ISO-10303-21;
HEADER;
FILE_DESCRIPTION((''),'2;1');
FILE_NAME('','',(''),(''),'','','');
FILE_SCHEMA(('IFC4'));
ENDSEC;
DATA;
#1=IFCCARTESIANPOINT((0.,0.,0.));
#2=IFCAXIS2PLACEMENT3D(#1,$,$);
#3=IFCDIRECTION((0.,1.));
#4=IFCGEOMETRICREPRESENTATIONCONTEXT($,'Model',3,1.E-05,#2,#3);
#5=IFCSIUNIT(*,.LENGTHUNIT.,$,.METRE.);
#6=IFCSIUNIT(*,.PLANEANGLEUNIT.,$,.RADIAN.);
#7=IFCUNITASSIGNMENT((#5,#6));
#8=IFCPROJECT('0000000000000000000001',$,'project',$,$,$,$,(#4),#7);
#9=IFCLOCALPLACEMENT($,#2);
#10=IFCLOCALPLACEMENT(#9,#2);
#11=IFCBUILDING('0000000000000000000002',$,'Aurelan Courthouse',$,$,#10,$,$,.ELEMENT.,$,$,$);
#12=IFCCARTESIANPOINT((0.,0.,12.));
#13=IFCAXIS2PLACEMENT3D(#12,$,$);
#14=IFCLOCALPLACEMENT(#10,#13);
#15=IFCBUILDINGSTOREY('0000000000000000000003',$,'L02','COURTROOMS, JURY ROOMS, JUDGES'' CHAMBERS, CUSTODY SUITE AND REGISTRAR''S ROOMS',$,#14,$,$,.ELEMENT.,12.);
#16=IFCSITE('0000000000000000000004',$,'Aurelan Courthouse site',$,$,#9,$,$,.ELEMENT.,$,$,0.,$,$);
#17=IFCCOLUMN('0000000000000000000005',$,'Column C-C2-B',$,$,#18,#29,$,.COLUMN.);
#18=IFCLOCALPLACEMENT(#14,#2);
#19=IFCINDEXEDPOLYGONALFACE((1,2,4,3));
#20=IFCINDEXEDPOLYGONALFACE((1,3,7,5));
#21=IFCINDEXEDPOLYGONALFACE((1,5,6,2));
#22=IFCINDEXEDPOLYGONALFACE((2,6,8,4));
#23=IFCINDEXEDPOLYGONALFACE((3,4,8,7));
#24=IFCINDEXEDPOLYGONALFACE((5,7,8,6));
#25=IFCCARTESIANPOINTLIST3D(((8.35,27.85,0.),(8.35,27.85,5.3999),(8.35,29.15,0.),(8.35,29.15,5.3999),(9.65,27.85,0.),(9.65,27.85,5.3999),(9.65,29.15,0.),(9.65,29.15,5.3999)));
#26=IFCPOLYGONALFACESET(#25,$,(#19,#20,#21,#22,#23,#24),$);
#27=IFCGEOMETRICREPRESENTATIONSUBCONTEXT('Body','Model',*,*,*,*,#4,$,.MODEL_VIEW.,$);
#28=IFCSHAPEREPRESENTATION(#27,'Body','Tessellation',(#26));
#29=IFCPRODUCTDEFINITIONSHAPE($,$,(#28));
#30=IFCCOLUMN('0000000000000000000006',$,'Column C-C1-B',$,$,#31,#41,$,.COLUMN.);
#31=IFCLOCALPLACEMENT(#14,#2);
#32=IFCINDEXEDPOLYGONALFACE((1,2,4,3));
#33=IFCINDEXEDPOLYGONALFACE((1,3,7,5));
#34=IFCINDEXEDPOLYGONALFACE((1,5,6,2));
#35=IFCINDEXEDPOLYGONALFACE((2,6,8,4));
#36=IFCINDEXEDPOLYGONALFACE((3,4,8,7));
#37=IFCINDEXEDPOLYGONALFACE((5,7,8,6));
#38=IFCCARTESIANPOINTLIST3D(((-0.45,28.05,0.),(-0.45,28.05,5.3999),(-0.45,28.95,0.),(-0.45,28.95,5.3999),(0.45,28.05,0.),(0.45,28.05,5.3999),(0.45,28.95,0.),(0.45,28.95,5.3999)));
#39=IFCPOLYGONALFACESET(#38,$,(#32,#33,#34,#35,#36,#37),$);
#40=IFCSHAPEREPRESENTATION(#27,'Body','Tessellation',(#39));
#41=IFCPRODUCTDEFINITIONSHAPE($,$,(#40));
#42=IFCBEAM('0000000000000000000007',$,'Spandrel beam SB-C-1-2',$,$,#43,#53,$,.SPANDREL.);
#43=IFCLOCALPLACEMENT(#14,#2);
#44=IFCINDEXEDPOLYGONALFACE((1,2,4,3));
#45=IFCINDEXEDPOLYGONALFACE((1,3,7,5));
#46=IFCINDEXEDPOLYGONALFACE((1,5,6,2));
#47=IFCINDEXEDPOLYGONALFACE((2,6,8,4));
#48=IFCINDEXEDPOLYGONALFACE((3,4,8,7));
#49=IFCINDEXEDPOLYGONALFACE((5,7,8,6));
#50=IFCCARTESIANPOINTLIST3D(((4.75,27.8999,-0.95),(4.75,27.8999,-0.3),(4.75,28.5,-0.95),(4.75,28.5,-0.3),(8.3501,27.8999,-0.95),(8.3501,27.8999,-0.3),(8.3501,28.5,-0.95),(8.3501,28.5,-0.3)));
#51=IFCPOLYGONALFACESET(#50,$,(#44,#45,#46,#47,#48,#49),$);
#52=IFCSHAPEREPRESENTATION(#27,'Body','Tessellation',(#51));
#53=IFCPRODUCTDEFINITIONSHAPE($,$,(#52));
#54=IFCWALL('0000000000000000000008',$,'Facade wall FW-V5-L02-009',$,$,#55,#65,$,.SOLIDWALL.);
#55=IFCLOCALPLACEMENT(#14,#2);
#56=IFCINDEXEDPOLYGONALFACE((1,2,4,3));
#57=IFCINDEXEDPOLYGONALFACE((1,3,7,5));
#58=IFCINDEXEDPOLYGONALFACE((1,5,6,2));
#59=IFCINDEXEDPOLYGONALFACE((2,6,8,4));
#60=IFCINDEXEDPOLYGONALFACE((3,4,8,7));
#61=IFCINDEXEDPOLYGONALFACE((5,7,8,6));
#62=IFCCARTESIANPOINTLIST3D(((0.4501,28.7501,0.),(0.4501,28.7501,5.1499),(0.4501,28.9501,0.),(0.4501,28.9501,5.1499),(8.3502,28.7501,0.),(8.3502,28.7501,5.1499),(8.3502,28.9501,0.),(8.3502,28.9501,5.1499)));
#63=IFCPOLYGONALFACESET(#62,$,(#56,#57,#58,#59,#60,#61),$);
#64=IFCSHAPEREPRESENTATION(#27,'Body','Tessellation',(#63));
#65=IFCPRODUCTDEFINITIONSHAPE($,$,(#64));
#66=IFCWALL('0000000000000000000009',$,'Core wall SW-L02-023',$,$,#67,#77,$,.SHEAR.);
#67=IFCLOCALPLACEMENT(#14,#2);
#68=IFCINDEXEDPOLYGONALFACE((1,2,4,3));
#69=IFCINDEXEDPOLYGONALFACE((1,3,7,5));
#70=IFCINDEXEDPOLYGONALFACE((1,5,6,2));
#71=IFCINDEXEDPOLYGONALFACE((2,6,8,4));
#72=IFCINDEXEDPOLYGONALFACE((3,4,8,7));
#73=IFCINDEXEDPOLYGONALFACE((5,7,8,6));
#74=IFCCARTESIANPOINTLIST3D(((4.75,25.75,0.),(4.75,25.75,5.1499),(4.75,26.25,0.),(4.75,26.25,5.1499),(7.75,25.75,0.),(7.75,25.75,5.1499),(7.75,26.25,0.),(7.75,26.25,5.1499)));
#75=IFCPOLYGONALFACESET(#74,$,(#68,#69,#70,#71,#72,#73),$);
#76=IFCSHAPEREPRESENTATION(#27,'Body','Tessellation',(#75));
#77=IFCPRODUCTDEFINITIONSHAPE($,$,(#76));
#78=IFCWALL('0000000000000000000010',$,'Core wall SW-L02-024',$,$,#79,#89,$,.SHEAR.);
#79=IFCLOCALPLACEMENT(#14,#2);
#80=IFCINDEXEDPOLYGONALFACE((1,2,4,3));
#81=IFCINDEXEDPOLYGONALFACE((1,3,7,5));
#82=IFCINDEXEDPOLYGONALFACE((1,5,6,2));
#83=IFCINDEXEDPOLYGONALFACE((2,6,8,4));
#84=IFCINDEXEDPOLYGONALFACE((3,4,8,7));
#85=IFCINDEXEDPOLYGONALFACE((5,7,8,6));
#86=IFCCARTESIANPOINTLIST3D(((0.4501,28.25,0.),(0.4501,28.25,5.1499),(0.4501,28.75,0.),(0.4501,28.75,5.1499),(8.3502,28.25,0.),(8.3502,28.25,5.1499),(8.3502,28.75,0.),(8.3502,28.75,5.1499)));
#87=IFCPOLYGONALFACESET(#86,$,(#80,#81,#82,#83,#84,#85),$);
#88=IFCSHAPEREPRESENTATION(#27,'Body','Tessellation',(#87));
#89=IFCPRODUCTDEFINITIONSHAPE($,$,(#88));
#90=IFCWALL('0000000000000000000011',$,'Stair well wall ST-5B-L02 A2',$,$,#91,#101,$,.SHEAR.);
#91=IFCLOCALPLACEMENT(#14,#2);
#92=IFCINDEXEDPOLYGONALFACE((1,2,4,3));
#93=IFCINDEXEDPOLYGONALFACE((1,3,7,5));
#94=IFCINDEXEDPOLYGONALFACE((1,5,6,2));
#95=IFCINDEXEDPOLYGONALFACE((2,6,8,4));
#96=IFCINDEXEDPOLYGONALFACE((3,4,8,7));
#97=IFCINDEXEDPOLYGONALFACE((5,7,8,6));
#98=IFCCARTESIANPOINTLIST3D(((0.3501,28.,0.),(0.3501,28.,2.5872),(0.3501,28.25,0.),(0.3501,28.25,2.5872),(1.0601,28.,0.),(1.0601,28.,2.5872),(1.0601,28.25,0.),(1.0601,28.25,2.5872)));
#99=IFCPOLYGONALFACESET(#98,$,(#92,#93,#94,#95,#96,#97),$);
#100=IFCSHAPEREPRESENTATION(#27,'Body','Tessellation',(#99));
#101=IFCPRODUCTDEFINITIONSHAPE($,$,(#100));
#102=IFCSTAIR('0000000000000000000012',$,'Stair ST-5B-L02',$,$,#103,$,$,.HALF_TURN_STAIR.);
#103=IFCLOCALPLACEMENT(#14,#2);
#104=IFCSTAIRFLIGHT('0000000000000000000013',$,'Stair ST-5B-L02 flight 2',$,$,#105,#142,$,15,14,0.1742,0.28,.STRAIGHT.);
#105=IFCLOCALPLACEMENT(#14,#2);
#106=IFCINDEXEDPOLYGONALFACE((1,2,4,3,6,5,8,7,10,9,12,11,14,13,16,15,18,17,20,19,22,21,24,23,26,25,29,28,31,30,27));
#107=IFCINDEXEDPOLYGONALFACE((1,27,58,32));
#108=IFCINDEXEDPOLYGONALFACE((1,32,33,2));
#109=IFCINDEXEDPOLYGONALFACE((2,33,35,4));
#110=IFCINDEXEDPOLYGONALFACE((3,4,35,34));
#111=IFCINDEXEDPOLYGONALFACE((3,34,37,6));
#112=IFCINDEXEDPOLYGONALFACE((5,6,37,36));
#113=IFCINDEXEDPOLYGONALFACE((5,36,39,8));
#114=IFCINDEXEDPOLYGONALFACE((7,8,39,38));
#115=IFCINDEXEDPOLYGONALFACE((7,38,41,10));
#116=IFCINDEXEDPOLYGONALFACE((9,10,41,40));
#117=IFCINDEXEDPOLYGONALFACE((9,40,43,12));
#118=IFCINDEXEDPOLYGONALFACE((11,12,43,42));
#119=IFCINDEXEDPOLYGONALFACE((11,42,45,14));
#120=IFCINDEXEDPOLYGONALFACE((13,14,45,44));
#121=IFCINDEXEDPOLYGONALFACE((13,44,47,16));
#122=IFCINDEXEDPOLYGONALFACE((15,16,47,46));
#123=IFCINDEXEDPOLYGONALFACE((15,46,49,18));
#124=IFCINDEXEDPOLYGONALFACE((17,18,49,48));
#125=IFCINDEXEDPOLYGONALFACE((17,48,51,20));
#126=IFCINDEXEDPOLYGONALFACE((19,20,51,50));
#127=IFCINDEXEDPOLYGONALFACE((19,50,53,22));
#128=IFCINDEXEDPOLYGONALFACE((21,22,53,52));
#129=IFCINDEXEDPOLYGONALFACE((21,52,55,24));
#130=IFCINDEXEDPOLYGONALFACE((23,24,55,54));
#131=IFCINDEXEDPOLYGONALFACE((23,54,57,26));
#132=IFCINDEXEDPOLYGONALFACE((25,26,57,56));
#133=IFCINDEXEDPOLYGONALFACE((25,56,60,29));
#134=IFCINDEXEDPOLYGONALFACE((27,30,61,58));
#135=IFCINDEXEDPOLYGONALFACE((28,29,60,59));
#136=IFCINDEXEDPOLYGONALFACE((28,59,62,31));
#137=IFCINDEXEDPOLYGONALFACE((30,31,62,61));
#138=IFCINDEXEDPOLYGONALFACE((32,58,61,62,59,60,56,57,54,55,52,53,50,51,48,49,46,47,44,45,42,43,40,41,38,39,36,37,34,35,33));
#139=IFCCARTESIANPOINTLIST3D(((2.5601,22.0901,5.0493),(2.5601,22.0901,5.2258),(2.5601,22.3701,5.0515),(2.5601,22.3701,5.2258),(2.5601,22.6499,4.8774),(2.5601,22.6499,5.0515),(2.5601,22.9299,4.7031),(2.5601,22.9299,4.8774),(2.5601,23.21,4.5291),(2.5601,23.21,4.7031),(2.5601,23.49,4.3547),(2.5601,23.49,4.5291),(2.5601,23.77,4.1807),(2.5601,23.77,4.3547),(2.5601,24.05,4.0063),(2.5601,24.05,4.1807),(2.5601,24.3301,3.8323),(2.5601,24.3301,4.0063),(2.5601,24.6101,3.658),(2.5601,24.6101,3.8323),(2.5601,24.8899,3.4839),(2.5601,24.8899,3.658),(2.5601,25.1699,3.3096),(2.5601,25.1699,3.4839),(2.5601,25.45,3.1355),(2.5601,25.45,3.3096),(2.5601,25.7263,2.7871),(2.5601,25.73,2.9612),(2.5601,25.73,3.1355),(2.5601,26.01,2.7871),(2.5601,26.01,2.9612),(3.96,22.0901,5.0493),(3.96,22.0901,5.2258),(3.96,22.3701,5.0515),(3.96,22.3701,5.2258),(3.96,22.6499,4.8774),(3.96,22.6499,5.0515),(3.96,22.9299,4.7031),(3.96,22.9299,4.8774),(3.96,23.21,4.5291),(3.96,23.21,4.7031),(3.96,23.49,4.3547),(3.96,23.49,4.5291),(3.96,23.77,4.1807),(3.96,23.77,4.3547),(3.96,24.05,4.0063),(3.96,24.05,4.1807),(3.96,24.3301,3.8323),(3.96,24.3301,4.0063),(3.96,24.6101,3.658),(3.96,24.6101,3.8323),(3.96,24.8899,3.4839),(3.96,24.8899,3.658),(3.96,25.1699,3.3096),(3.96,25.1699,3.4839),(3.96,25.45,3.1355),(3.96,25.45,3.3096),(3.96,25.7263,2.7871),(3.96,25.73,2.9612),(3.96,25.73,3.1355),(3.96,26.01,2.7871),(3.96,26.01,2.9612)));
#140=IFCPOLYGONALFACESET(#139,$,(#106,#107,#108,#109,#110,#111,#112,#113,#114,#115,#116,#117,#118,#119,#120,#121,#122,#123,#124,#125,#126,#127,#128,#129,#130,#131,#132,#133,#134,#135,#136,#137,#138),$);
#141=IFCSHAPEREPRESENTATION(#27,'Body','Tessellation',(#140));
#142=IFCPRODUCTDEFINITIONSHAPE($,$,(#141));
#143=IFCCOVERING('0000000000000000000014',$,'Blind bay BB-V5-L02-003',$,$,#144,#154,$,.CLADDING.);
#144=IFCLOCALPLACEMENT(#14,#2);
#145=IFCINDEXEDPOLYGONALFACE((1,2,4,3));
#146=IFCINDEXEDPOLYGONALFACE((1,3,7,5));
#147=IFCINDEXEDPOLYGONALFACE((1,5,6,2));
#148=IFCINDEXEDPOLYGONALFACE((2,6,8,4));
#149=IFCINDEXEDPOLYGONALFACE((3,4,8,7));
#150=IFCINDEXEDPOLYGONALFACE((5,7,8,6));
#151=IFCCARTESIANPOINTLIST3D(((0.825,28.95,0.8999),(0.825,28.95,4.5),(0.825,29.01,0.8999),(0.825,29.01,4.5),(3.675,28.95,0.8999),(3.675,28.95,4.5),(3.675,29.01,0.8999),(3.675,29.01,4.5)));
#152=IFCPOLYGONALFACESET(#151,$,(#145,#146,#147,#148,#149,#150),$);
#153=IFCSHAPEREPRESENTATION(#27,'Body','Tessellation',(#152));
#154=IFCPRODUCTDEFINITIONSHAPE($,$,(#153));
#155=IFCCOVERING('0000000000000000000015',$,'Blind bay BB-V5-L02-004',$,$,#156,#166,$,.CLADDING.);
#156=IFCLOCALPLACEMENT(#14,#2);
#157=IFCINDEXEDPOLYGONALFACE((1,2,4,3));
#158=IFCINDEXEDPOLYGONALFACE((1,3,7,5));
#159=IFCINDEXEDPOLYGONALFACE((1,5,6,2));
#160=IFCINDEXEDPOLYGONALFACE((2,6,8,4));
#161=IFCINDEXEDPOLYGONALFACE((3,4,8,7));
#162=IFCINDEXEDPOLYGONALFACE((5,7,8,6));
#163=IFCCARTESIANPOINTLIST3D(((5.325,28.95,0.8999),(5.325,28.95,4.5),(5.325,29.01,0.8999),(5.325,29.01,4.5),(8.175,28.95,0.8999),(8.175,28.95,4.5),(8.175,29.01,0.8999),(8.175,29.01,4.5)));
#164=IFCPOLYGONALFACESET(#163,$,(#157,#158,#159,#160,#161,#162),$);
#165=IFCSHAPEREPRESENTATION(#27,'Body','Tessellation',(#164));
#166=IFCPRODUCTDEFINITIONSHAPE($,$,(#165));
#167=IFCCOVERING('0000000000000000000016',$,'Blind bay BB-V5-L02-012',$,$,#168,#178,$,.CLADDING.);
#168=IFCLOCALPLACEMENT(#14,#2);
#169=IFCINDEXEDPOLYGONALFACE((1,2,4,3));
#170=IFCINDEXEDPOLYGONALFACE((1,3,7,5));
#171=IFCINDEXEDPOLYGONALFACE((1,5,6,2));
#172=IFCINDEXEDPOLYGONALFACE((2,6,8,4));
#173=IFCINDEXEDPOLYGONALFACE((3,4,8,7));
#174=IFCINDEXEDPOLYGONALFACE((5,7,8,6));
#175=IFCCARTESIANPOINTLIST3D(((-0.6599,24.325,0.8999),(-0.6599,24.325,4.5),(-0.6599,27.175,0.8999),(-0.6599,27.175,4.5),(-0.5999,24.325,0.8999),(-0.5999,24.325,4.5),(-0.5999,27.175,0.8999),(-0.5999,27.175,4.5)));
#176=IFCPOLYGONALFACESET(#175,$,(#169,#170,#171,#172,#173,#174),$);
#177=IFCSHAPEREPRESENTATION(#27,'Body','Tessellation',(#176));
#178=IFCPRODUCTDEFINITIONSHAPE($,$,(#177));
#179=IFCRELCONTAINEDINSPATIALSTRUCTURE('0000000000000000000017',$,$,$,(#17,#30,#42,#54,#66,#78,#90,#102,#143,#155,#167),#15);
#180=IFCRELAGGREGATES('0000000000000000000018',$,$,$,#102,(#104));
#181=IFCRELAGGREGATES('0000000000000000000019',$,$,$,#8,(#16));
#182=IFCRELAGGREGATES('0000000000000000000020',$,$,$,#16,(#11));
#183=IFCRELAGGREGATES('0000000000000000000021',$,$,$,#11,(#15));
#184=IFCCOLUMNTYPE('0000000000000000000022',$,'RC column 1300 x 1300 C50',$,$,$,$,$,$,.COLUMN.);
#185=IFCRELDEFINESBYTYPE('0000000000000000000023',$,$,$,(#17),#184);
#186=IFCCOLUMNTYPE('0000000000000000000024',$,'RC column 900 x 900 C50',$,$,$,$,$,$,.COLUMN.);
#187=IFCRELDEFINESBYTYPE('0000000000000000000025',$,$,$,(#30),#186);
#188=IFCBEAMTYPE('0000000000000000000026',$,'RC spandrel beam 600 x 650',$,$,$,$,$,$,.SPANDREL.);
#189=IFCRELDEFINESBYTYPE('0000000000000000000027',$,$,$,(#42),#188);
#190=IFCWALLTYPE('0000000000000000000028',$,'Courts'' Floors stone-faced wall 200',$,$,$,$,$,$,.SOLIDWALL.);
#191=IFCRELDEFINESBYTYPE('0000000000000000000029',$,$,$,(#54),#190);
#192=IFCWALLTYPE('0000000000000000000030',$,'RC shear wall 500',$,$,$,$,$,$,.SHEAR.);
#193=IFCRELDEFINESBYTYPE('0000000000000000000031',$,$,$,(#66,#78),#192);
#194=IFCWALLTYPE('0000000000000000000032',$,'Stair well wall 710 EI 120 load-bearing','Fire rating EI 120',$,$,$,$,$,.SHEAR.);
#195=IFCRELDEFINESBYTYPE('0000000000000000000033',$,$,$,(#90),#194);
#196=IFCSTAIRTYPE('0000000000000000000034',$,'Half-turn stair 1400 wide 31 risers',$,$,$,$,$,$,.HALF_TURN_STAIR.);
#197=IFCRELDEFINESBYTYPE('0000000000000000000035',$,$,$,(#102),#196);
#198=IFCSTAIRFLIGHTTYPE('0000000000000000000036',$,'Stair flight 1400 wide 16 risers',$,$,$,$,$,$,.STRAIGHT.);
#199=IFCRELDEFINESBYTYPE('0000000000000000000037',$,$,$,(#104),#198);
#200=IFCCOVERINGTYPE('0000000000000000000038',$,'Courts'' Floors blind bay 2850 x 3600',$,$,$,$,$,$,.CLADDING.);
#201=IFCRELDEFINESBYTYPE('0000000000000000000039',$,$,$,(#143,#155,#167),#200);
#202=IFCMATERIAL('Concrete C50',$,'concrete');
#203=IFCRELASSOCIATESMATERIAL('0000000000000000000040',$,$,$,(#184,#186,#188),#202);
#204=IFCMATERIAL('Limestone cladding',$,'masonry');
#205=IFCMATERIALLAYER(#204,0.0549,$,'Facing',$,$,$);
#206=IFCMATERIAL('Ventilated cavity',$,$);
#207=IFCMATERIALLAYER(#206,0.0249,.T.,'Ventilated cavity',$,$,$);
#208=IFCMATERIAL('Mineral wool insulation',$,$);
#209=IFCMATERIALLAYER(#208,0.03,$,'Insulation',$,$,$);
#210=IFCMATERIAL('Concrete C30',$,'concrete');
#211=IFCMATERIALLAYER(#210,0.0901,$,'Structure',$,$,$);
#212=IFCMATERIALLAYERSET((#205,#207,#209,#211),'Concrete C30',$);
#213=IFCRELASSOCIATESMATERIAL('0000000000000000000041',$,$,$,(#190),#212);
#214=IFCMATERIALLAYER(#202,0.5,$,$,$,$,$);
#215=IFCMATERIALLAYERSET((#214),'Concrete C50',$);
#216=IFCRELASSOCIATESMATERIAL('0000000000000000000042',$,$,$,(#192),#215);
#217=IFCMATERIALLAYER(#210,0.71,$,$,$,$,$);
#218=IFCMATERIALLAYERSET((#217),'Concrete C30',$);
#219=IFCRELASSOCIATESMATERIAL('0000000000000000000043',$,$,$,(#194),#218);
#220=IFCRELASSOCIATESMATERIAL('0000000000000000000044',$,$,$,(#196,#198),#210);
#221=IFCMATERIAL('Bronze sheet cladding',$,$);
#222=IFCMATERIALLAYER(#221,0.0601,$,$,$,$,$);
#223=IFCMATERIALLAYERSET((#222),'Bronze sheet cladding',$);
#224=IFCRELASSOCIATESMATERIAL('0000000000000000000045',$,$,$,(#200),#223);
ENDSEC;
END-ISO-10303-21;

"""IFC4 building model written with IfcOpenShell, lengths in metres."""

from ifc_helpers import new_model, si_unit, direction, frame, frame_2d, origin, origin_2d, place, context, subcontext, project, spatial, polyline, rectangle, outline, extrude, material, layer, layer_set, material_profile, profile_set, type_object, element, aggregate, save


model = new_model("IFC4")

# Units and contexts
model_context = context("Model", 3, precision=1e-05, world=origin(), true_north=direction((0.0, 1.0)))
body_context = subcontext(model_context, "Body", "Model", "MODEL_VIEW")
ifc_project = project(units=[si_unit("LENGTHUNIT", "METRE"), si_unit("PLANEANGLEUNIT", "RADIAN")], contexts=[model_context])

# Site, building, storey
site_placement = place(None, origin())
site = spatial("IfcSite", under=ifc_project, at=site_placement, Name="Aurelan Courthouse site", CompositionType="ELEMENT", RefElevation=0.0)
building_placement = place(site_placement, origin())
building = spatial("IfcBuilding", under=site, at=building_placement, Name="Aurelan Courthouse", CompositionType="ELEMENT")
storey_placement = place(building_placement, frame((0.0, 0.0, 12.0)))
storey = spatial("IfcBuildingStorey", under=building, at=storey_placement, Name="L02", Description="COURTROOMS, JURY ROOMS, JUDGES' CHAMBERS, CUSTODY SUITE AND REGISTRAR'S ROOMS", CompositionType="ELEMENT", Elevation=12.0)

# Columns
ifc_material_1 = material(Name="Concrete C50", Category="concrete")
ifc_material_profile_1 = material_profile(ifc_material_1, rectangle(XDim=1.3, YDim=1.3, at=origin_2d()), Name="RC 1300 x 1300")
ifc_profile_set_1 = profile_set([ifc_material_profile_1], Name="Concrete C50")
column_type_1 = type_object("IfcColumnType", Name="RC column 1300 x 1300 C50", PredefinedType="COLUMN", material=ifc_profile_set_1)
column_1_placement = place(storey_placement, frame((9.0, 28.5, 0.0), z_axis=(0.0, 0.0, 1.0), x_axis=(1.0, 0.0, 0.0)))
element("IfcColumn", 1, at=column_1_placement, inside=storey, type_object=column_type_1, Name="Column C-C2-B", PredefinedType="COLUMN", context=body_context, shape_type="SweptSolid", body=[
    extrude(rectangle(XDim=1.3, YDim=1.3, at=origin_2d()), origin(), (0.0, 0.0, 1.0), 5.3999),
])
ifc_material_profile_2 = material_profile(ifc_material_1, rectangle(XDim=0.8999, YDim=0.8999, at=origin_2d()), Name="RC 900 x 900")
ifc_profile_set_2 = profile_set([ifc_material_profile_2], Name="Concrete C50")
column_type_2 = type_object("IfcColumnType", Name="RC column 900 x 900 C50", PredefinedType="COLUMN", material=ifc_profile_set_2)
column_2_placement = place(storey_placement, frame((0.0, 28.5, 0.0), z_axis=(0.0, 0.0, 1.0), x_axis=(1.0, 0.0, 0.0)))
element("IfcColumn", 2, at=column_2_placement, inside=storey, type_object=column_type_2, Name="Column C-C1-B", PredefinedType="COLUMN", context=body_context, shape_type="SweptSolid", body=[
    extrude(rectangle(XDim=0.8999, YDim=0.8999, at=origin_2d()), origin(), (0.0, 0.0, 1.0), 5.3999),
])

# Beam
ifc_material_profile_3 = material_profile(ifc_material_1, rectangle(XDim=0.6001, YDim=0.6499, at=origin_2d()), Name="RC 600 x 650")
ifc_profile_set_3 = profile_set([ifc_material_profile_3], Name="Concrete C50")
beam_type = type_object("IfcBeamType", Name="RC spandrel beam 600 x 650", PredefinedType="SPANDREL", material=ifc_profile_set_3)
beam_placement = place(storey_placement, frame((4.75, 28.2, -0.625), z_axis=(1.0, 0.0, 0.0), x_axis=(0.0, 1.0, 0.0)))
element("IfcBeam", 3, at=beam_placement, inside=storey, type_object=beam_type, Name="Spandrel beam SB-C-1-2", PredefinedType="SPANDREL", context=body_context, shape_type="SweptSolid", body=[
    extrude(rectangle(XDim=0.6001, YDim=0.6499, at=origin_2d()), origin(), (0.0, 0.0, 1.0), 3.6001),
])

# Walls
ifc_material_2 = material(Name="Limestone cladding", Category="masonry")
ifc_layer_1 = layer(ifc_material_2, 0.0549, Name="Facing")
ifc_material_3 = material(Name="Ventilated cavity")
ifc_layer_2 = layer(ifc_material_3, 0.0249, ventilated=True, Name="Ventilated cavity")
ifc_material_4 = material(Name="Mineral wool insulation")
ifc_layer_3 = layer(ifc_material_4, 0.03, Name="Insulation")
ifc_material_5 = material(Name="Concrete C30", Category="concrete")
ifc_layer_4 = layer(ifc_material_5, 0.0901, Name="Structure")
ifc_layer_set_1 = layer_set([ifc_layer_1, ifc_layer_2, ifc_layer_3, ifc_layer_4], Name="Concrete C30")
wall_type_1 = type_object("IfcWallType", Name="Courts' Floors stone-faced wall 200", PredefinedType="SOLIDWALL", material=ifc_layer_set_1)
wall_1_placement = place(storey_placement, frame((0.45, 28.8501, 0.0), z_axis=(0.0, 0.0, 1.0), x_axis=(1.0, 0.0, 0.0)))
element("IfcWall", 4, at=wall_1_placement, inside=storey, type_object=wall_type_1, Name="Facade wall FW-V5-L02-009", PredefinedType="SOLIDWALL", context=body_context, shape_type="SweptSolid", body=[
    extrude(rectangle(XDim=7.9001, YDim=0.2, at=frame_2d((3.9502, 0.0))), origin(), (0.0, 0.0, 1.0), 5.1499),
])
ifc_layer_5 = layer(ifc_material_1, 0.5)
ifc_layer_set_2 = layer_set([ifc_layer_5], Name="Concrete C50")
wall_type_2 = type_object("IfcWallType", Name="RC shear wall 500", PredefinedType="SHEAR", material=ifc_layer_set_2)
wall_2_placement = place(storey_placement, frame((4.75, 26.0, 0.0), z_axis=(0.0, 0.0, 1.0), x_axis=(1.0, 0.0, 0.0)))
element("IfcWall", 5, at=wall_2_placement, inside=storey, type_object=wall_type_2, Name="Core wall SW-L02-023", PredefinedType="SHEAR", context=body_context, shape_type="SweptSolid", body=[
    extrude(rectangle(XDim=3.0, YDim=0.5, at=frame_2d((1.5, 0.0))), origin(), (0.0, 0.0, 1.0), 5.1499),
])
wall_3_placement = place(storey_placement, frame((0.45, 28.5, 0.0), z_axis=(0.0, 0.0, 1.0), x_axis=(1.0, 0.0, 0.0)))
element("IfcWall", 6, at=wall_3_placement, inside=storey, type_object=wall_type_2, Name="Core wall SW-L02-024", PredefinedType="SHEAR", context=body_context, shape_type="SweptSolid", body=[
    extrude(rectangle(XDim=7.9001, YDim=0.5, at=frame_2d((3.9502, 0.0))), origin(), (0.0, 0.0, 1.0), 5.1499),
])
ifc_layer_6 = layer(ifc_material_5, 0.71)
ifc_layer_set_3 = layer_set([ifc_layer_6], Name="Concrete C30")
wall_type_3 = type_object("IfcWallType", Name="Stair well wall 710 EI 120 load-bearing", Description="Fire rating EI 120", PredefinedType="SHEAR", material=ifc_layer_set_3)
wall_4_placement = place(storey_placement, frame((0.7051, 28.0, 0.0), z_axis=(0.0, 0.0, 1.0), x_axis=(0.0, 1.0, 0.0)))
element("IfcWall", 7, at=wall_4_placement, inside=storey, type_object=wall_type_3, Name="Stair well wall ST-5B-L02 A2", PredefinedType="SHEAR", context=body_context, shape_type="SweptSolid", body=[
    extrude(rectangle(XDim=0.25, YDim=0.71, at=frame_2d((0.125, 0.0))), origin(), (0.0, 0.0, 1.0), 2.5872),
])

# Stair, stair flight
stair_type = type_object("IfcStairType", Name="Half-turn stair 1400 wide 31 risers", PredefinedType="HALF_TURN_STAIR", material=ifc_material_5)
stair_placement = place(storey_placement, origin())
stair = element("IfcStair", 8, at=stair_placement, inside=storey, type_object=stair_type, Name="Stair ST-5B-L02", PredefinedType="HALF_TURN_STAIR")
stair_flight_type = type_object("IfcStairFlightType", Name="Stair flight 1400 wide 16 risers", PredefinedType="STRAIGHT", material=ifc_material_5)
stair_flight_placement = place(storey_placement, frame((3.26, 26.01, 2.7871), z_axis=(0.0, 0.0, 1.0), x_axis=(0.0, -1.0, 0.0)))
stair_flight = element("IfcStairFlight", 9, at=stair_flight_placement, type_object=stair_flight_type, Name="Stair ST-5B-L02 flight 2", NumberOfRisers=15, NumberOfTreads=14, PredefinedType="STRAIGHT", RiserHeight=0.1742, TreadLength=0.28, context=body_context, shape_type="SweptSolid", body=[
    extrude(outline(polyline([(0.0, 0.0), (0.0, 0.1741), (0.28, 0.1741), (0.28, 0.3484), (0.5601, 0.3484), (0.5601, 0.5225), (0.8401, 0.5225), (0.8401, 0.6968), (1.1201, 0.6968), (1.1201, 0.8708), (1.3999, 0.8708), (1.3999, 1.0452), (1.6799, 1.0452), (1.6799, 1.2192), (1.96, 1.2192), (1.96, 1.3936), (2.24, 1.3936), (2.24, 1.5676), (2.52, 1.5676), (2.52, 1.7419), (2.8, 1.7419), (2.8, 1.916), (3.0801, 1.916), (3.0801, 2.0903), (3.3601, 2.0903), (3.3601, 2.2644), (3.6399, 2.2644), (3.6399, 2.4387), (3.9199, 2.4387), (3.9199, 2.6128), (3.9199, 2.2622), (0.2837, 0.0), (0.0, 0.0)])), frame((0.0, 0.7, 0.0), z_axis=(0.0, -1.0, 0.0), x_axis=(1.0, 0.0, 0.0)), (0.0, 0.0, 1.0), 1.3999),
])
aggregate(stair, [stair_flight])

# Coverings
ifc_material_6 = material(Name="Bronze sheet cladding")
ifc_layer_7 = layer(ifc_material_6, 0.0601)
ifc_layer_set_4 = layer_set([ifc_layer_7], Name="Bronze sheet cladding")
covering_type_1 = type_object("IfcCoveringType", Name="Courts' Floors blind bay 2850 x 3600", PredefinedType="CLADDING", material=ifc_layer_set_4)
for number, where, z_axis, x_axis, name in (
    (10, (2.25, 28.98, 0.8999), (0.0, 0.0, 1.0), (1.0, 0.0, 0.0), "Blind bay BB-V5-L02-003"),
    (11, (6.75, 28.98, 0.8999), (0.0, 0.0, 1.0), (1.0, 0.0, 0.0), "Blind bay BB-V5-L02-004"),
):
    element("IfcCovering", number, at=place(storey_placement, frame(where, z_axis=z_axis, x_axis=x_axis)), inside=storey, type_object=covering_type_1, Name=name, PredefinedType="CLADDING", context=body_context, shape_type="SweptSolid", body=[
        extrude(rectangle(XDim=2.8501, YDim=0.0601, at=origin_2d()), origin(), (0.0, 0.0, 1.0), 3.6001),
    ])
covering_1_placement = place(storey_placement, frame((-0.6299, 25.75, 0.8999), z_axis=(0.0, 0.0, 1.0), x_axis=(1.0, 0.0, 0.0)))
element("IfcCovering", 12, at=covering_1_placement, inside=storey, type_object=covering_type_1, Name="Blind bay BB-V5-L02-012", PredefinedType="CLADDING", context=body_context, shape_type="SweptSolid", body=[
    extrude(rectangle(XDim=0.0601, YDim=2.8501, at=origin_2d()), origin(), (0.0, 0.0, 1.0), 3.6001),
])

save(model, "model.ifc")
